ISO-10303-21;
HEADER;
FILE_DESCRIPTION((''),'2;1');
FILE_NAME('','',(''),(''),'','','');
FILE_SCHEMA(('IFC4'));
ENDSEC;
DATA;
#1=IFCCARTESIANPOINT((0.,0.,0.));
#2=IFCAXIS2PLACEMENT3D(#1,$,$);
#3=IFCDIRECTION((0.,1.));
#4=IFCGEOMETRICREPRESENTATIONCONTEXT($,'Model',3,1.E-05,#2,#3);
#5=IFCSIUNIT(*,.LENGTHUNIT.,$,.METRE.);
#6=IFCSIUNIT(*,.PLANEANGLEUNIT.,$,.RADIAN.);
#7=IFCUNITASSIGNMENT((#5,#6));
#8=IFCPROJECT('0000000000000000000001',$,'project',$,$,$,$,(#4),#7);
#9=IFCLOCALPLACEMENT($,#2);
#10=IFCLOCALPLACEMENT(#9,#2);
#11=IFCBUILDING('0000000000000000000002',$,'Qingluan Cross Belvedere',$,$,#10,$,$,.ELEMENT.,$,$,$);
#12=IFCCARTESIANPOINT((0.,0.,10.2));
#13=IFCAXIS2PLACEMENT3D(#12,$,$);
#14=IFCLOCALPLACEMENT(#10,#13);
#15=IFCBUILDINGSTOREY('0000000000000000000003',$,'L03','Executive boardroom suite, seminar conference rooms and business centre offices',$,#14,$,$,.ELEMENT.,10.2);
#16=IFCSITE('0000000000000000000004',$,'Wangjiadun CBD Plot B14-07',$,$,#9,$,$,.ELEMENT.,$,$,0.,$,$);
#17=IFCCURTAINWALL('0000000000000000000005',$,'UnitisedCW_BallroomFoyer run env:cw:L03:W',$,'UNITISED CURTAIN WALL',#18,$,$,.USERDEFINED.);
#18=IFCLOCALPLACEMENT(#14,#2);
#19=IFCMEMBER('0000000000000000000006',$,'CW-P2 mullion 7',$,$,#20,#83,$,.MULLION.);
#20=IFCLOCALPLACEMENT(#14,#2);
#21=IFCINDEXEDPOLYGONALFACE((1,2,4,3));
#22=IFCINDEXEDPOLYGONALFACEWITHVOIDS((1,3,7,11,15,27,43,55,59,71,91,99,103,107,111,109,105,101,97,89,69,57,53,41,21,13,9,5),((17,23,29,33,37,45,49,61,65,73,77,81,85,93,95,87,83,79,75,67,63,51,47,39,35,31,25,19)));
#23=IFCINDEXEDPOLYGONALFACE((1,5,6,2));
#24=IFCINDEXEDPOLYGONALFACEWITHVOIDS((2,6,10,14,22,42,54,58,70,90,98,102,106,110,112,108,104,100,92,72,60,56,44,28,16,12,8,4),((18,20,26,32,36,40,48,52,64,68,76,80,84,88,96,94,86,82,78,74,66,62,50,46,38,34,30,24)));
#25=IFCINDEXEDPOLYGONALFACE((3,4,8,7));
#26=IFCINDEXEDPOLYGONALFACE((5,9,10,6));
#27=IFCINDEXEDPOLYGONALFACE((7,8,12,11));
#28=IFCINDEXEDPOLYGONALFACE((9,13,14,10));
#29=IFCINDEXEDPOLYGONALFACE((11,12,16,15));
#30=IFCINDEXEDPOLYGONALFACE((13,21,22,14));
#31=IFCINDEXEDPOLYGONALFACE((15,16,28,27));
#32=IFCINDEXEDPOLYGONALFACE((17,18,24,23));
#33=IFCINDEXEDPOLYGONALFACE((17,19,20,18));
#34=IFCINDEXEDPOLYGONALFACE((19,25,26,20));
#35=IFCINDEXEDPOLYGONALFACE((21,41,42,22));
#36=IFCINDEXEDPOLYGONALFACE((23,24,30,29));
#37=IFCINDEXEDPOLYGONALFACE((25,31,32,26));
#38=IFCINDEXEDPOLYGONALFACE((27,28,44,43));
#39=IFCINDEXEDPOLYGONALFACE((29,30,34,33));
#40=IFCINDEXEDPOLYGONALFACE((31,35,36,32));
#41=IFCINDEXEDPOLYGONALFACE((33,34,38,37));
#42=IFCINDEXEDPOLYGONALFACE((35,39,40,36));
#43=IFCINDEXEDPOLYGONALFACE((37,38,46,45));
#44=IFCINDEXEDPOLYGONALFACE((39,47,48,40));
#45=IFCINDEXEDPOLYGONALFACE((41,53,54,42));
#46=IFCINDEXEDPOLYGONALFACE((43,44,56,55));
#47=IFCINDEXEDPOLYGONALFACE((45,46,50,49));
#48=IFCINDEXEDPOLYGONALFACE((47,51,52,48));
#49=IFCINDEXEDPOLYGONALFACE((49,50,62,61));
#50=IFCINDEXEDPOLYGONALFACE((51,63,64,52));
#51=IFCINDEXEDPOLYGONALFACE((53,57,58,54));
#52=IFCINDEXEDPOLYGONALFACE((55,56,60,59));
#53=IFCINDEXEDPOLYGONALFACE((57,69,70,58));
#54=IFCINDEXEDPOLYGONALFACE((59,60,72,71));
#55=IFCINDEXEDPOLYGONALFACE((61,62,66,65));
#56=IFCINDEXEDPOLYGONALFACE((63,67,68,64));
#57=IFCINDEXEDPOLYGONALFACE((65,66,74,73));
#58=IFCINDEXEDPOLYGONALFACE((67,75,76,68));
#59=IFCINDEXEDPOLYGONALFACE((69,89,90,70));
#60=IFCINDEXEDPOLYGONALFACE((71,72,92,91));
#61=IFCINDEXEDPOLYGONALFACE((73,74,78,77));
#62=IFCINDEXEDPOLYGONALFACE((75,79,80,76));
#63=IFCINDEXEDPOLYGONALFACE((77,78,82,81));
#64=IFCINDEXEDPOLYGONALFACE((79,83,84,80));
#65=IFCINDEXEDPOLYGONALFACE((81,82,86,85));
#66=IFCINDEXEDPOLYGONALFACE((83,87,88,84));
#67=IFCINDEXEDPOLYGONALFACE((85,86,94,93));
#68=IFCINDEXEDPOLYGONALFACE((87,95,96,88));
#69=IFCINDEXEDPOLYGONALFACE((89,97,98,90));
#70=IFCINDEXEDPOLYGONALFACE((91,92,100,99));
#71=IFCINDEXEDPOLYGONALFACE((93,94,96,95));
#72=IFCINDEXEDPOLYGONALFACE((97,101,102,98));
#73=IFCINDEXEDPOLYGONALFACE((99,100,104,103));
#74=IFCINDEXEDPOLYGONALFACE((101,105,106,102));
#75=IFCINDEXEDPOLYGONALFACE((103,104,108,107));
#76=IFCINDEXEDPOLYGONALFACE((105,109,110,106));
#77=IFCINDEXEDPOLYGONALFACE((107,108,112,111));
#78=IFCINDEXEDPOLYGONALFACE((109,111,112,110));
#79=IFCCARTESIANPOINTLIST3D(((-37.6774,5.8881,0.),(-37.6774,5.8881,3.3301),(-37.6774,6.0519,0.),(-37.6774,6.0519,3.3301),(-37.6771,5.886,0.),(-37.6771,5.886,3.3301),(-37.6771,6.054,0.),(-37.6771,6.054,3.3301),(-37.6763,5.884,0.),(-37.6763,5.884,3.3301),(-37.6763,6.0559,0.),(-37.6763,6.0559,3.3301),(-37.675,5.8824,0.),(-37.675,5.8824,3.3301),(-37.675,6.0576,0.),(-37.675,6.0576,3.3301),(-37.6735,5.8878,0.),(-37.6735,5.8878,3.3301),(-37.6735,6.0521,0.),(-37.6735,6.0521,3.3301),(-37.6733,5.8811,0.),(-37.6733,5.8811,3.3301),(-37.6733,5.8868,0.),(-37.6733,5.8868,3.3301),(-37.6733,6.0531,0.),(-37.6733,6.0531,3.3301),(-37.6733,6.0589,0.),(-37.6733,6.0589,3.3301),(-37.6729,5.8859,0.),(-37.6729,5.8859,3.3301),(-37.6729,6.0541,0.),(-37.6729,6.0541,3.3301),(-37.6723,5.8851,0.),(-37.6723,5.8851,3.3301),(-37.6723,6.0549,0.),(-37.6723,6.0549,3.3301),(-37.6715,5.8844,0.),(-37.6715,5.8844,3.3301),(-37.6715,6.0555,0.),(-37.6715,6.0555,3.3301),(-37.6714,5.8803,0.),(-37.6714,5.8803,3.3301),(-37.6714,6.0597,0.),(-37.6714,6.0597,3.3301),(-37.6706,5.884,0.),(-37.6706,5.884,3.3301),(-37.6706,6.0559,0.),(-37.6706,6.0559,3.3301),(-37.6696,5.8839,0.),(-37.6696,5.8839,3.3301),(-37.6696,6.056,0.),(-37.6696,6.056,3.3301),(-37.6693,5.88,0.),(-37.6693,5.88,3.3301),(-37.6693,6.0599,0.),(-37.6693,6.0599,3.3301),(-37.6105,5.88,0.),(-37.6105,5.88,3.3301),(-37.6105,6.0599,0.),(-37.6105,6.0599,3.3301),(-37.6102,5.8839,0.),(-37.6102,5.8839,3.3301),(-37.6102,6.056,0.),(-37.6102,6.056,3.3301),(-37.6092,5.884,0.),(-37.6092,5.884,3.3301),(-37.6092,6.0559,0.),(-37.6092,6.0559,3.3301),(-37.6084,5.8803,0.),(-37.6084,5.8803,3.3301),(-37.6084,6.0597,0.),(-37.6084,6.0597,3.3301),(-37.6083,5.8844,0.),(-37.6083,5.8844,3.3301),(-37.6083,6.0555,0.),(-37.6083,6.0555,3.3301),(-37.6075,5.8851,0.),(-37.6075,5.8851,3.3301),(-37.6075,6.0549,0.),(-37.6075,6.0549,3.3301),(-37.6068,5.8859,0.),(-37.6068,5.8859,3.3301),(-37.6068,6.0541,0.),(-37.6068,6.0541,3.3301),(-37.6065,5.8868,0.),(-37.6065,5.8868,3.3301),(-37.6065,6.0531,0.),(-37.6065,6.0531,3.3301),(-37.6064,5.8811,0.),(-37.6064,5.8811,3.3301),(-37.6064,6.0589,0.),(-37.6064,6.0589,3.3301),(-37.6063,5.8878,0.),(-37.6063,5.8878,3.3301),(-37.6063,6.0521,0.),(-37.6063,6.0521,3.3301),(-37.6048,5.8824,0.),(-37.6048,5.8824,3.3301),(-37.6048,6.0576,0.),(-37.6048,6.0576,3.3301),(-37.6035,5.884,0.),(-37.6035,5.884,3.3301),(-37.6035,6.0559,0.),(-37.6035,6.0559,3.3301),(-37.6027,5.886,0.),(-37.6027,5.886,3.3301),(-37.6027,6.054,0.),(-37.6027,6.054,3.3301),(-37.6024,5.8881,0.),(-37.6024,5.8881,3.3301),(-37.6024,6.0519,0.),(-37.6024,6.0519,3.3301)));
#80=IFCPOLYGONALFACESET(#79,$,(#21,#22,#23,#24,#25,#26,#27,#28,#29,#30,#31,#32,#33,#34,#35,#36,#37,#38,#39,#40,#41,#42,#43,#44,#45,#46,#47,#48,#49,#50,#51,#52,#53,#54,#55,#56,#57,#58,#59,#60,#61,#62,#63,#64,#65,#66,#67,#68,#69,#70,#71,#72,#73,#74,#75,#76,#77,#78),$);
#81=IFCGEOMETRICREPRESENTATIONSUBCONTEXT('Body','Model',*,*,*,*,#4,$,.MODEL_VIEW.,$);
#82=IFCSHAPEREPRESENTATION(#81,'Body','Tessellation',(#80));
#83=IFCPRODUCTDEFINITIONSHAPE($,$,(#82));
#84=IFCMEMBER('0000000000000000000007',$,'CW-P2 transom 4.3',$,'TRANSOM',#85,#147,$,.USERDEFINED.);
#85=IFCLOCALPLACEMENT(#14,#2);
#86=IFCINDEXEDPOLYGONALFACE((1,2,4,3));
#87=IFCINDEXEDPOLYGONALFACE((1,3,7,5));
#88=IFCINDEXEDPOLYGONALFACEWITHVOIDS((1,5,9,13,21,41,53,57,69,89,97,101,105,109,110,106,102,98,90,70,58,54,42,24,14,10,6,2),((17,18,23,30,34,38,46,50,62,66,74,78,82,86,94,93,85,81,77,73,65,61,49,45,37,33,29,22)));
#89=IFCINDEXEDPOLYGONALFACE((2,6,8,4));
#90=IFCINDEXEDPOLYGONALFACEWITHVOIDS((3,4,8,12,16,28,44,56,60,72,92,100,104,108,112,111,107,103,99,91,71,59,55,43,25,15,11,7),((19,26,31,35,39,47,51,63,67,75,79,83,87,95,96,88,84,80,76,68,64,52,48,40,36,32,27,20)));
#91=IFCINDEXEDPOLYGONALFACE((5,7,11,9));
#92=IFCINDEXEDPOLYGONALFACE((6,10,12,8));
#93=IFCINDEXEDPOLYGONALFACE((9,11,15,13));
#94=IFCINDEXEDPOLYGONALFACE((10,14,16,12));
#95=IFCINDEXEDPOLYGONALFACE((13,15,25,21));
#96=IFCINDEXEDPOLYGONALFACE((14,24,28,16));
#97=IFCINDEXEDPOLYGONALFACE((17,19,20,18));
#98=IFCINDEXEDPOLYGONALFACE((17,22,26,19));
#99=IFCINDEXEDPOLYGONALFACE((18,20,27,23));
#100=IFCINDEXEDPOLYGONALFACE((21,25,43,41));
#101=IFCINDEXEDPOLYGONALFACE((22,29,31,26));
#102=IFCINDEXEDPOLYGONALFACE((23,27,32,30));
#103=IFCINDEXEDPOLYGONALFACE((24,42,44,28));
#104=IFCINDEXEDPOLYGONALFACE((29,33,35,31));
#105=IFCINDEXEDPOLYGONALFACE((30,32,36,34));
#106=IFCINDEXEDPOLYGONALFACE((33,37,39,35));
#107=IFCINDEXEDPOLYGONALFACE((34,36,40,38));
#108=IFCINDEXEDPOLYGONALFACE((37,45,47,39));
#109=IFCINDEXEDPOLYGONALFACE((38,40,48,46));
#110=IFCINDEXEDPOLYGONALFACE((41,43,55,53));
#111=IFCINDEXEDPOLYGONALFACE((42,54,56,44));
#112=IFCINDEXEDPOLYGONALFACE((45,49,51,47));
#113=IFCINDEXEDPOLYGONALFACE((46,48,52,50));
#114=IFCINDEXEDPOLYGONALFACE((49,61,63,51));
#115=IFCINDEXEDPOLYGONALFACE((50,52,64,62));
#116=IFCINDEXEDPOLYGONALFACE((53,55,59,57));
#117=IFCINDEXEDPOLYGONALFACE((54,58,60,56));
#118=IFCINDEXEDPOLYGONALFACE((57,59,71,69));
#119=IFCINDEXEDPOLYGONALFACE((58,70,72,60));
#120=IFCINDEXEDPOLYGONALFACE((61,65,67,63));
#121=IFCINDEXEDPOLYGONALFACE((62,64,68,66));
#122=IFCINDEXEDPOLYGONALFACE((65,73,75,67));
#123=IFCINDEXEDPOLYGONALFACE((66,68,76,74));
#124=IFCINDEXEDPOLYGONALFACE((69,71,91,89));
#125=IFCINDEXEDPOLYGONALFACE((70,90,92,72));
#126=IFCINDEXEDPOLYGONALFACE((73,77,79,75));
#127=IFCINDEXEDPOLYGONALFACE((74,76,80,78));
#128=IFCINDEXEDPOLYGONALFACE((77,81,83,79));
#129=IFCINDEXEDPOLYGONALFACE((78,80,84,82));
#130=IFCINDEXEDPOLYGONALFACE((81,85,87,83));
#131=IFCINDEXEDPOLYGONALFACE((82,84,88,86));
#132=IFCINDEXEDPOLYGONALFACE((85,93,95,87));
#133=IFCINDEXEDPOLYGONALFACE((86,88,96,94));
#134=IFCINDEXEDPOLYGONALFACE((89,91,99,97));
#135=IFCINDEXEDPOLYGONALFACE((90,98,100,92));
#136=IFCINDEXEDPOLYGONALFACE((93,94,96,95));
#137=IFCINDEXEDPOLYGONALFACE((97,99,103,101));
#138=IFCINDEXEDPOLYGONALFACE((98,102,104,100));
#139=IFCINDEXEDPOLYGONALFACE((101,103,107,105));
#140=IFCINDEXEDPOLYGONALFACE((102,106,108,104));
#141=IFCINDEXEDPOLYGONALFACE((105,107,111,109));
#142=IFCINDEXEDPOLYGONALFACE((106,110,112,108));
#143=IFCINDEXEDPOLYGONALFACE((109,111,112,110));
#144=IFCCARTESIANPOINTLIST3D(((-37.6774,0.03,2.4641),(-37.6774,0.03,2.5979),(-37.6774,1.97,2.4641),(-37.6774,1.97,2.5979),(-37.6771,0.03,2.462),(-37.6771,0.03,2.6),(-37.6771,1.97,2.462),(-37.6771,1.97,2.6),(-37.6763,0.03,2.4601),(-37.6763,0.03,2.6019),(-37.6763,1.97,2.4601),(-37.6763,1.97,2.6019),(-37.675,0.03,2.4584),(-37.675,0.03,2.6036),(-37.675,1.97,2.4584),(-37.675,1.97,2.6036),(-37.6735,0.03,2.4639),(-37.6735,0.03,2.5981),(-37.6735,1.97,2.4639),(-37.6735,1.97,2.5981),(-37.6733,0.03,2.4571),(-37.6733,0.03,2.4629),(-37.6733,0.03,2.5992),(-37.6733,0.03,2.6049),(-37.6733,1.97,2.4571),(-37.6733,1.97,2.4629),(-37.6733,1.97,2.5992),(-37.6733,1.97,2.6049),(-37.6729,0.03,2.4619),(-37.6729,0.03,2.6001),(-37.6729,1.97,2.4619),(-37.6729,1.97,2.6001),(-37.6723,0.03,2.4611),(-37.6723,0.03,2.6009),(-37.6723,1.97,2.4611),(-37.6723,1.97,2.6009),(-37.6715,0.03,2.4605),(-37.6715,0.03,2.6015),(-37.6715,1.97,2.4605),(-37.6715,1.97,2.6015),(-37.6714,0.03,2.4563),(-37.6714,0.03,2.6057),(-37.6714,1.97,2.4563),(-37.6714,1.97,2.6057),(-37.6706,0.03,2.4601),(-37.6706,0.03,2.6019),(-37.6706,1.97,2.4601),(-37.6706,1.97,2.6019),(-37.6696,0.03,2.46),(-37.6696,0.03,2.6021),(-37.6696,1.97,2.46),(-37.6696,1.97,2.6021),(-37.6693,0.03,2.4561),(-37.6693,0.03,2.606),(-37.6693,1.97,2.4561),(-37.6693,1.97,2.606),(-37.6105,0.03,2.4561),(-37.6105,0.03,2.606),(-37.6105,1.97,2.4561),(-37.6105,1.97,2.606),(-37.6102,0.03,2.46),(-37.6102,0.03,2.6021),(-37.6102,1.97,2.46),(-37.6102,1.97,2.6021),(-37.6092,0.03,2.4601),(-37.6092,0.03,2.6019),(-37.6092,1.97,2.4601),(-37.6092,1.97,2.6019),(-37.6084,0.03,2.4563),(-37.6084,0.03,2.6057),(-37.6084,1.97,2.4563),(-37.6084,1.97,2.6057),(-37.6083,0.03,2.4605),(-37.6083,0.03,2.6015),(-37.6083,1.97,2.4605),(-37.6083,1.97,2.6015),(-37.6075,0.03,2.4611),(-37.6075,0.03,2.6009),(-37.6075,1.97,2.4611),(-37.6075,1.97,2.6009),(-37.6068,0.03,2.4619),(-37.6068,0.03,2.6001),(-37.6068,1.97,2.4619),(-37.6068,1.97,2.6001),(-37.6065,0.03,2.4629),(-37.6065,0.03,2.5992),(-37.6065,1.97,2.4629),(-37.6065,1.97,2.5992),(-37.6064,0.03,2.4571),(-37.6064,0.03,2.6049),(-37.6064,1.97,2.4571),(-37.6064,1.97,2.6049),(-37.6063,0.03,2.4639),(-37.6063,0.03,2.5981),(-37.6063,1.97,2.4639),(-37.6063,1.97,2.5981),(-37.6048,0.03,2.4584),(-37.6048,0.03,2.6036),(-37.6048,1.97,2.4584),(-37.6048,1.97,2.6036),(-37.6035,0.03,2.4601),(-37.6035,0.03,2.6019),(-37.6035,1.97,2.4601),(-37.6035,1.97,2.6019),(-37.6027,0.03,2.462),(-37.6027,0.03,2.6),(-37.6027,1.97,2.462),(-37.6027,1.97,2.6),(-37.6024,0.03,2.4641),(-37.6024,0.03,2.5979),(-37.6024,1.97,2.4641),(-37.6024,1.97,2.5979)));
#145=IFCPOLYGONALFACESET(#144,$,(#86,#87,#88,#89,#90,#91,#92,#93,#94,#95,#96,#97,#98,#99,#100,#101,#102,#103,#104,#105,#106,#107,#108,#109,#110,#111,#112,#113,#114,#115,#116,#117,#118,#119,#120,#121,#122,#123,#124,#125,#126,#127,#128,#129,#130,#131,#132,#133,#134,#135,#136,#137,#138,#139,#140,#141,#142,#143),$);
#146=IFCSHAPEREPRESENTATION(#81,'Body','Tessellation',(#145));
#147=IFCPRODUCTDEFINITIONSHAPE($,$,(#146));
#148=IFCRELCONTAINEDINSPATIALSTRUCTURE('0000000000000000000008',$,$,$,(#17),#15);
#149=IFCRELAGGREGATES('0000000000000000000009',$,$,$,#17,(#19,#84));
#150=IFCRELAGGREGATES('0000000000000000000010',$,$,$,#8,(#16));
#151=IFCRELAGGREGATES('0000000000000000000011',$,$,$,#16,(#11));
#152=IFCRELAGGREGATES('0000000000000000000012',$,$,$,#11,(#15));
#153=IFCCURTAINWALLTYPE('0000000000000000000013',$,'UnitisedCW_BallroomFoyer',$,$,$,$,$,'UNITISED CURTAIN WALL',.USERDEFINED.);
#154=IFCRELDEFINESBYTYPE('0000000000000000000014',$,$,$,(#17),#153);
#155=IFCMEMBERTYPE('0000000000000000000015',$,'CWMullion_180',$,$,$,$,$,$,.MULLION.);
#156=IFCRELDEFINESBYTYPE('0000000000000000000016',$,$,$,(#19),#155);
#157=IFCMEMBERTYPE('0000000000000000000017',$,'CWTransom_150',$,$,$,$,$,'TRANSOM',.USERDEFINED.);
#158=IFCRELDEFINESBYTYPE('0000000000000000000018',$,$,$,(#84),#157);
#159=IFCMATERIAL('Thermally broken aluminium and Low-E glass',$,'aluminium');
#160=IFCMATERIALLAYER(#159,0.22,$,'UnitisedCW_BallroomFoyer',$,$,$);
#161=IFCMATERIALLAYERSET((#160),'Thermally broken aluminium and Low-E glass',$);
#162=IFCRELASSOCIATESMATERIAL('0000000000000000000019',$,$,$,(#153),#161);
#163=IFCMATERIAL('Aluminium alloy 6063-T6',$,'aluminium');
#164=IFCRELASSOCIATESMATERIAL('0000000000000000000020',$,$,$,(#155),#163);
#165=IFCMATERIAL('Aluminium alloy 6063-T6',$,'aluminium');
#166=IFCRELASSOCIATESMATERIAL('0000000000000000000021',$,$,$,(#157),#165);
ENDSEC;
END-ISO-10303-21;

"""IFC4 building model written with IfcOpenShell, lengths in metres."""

from ifc_helpers import new_model, si_unit, direction, frame, origin, origin_2d, place, context, subcontext, project, spatial, hollow_rectangle, extrude, material, layer, layer_set, material_profile, profile_set, type_object, element, aggregate, save


model = new_model("IFC4")

# Units and contexts
model_context = context("Model", 3, precision=1e-05, world=origin(), true_north=direction((0.0, 1.0)))
body_context = subcontext(model_context, "Body", "Model", "MODEL_VIEW")
ifc_project = project(units=[si_unit("LENGTHUNIT", "METRE"), si_unit("PLANEANGLEUNIT", "RADIAN")], contexts=[model_context])

# Site, building, storey
site_placement = place(None, origin())
site = spatial("IfcSite", under=ifc_project, at=site_placement, Name="Wangjiadun CBD Plot B14-07", CompositionType="ELEMENT", RefElevation=0.0)
building_placement = place(site_placement, origin())
building = spatial("IfcBuilding", under=site, at=building_placement, Name="Qingluan Cross Belvedere", CompositionType="ELEMENT")
storey_placement = place(building_placement, frame((0.0, 0.0, 10.2)))
storey = spatial("IfcBuildingStorey", under=building, at=storey_placement, Name="L03", Description="Executive boardroom suite, seminar conference rooms and business centre offices", CompositionType="ELEMENT", Elevation=10.2)

# Curtain wall, members
ifc_material_1 = material(Name="Thermally broken aluminium and Low-E glass", Category="aluminium")
ifc_layer_1 = layer(ifc_material_1, 0.22, Name="UnitisedCW_BallroomFoyer")
ifc_layer_set_1 = layer_set([ifc_layer_1], Name="Thermally broken aluminium and Low-E glass")
curtain_wall_type = type_object("IfcCurtainWallType", Name="UnitisedCW_BallroomFoyer", ElementType="UNITISED CURTAIN WALL", PredefinedType="USERDEFINED", material=ifc_layer_set_1)
curtain_wall_placement = place(storey_placement, origin())
curtain_wall = element("IfcCurtainWall", 1, at=curtain_wall_placement, inside=storey, type_object=curtain_wall_type, Name="UnitisedCW_BallroomFoyer run env:cw:L03:W", ObjectType="UNITISED CURTAIN WALL", PredefinedType="USERDEFINED")
ifc_material_2 = material(Name="Aluminium alloy 6063-T6", Category="aluminium")
ifc_material_profile_1 = material_profile(ifc_material_2, hollow_rectangle(XDim=0.075, YDim=0.1799, WallThickness=0.0039, InnerFilletRadius=0.0039, OuterFilletRadius=0.0081, at=origin_2d()), Name="CWM180x75x4")
ifc_profile_set_1 = profile_set([ifc_material_profile_1], Name="Aluminium alloy 6063-T6")
member_type_1 = type_object("IfcMemberType", Name="CWMullion_180", PredefinedType="MULLION", material=ifc_profile_set_1)
member_1_placement = place(storey_placement, frame((-37.6399, 5.97, 0.0), z_axis=(0.0, 0.0, 1.0), x_axis=(-1.0, 0.0, 0.0)))
member_1 = element("IfcMember", 2, at=member_1_placement, type_object=member_type_1, Name="CW-P2 mullion 7", PredefinedType="MULLION", context=body_context, shape_type="SweptSolid", body=[
    extrude(hollow_rectangle(XDim=0.075, YDim=0.1799, WallThickness=0.0039, InnerFilletRadius=0.0039, OuterFilletRadius=0.0081, at=origin_2d()), origin(), (0.0, 0.0, 1.0), 3.3301),
])
ifc_material_3 = material(Name="Aluminium alloy 6063-T6", Category="aluminium")
ifc_material_profile_2 = material_profile(ifc_material_3, hollow_rectangle(XDim=0.075, YDim=0.1499, WallThickness=0.0039, InnerFilletRadius=0.0039, OuterFilletRadius=0.0081, at=origin_2d()), Name="CWT150x75x4")
ifc_profile_set_2 = profile_set([ifc_material_profile_2], Name="Aluminium alloy 6063-T6")
member_type_2 = type_object("IfcMemberType", Name="CWTransom_150", ElementType="TRANSOM", PredefinedType="USERDEFINED", material=ifc_profile_set_2)
member_2_placement = place(storey_placement, frame((-37.6399, 0.03, 2.531), z_axis=(0.0, 1.0, 0.0), x_axis=(-1.0, 0.0, 0.0)))
member_2 = element("IfcMember", 3, at=member_2_placement, type_object=member_type_2, Name="CW-P2 transom 4.3", ObjectType="TRANSOM", PredefinedType="USERDEFINED", context=body_context, shape_type="SweptSolid", body=[
    extrude(hollow_rectangle(XDim=0.075, YDim=0.1499, WallThickness=0.0039, InnerFilletRadius=0.0039, OuterFilletRadius=0.0081, at=origin_2d()), origin(), (0.0, 0.0, 1.0), 1.9399),
])
aggregate(curtain_wall, [member_1, member_2])

save(model, "model.ifc")
